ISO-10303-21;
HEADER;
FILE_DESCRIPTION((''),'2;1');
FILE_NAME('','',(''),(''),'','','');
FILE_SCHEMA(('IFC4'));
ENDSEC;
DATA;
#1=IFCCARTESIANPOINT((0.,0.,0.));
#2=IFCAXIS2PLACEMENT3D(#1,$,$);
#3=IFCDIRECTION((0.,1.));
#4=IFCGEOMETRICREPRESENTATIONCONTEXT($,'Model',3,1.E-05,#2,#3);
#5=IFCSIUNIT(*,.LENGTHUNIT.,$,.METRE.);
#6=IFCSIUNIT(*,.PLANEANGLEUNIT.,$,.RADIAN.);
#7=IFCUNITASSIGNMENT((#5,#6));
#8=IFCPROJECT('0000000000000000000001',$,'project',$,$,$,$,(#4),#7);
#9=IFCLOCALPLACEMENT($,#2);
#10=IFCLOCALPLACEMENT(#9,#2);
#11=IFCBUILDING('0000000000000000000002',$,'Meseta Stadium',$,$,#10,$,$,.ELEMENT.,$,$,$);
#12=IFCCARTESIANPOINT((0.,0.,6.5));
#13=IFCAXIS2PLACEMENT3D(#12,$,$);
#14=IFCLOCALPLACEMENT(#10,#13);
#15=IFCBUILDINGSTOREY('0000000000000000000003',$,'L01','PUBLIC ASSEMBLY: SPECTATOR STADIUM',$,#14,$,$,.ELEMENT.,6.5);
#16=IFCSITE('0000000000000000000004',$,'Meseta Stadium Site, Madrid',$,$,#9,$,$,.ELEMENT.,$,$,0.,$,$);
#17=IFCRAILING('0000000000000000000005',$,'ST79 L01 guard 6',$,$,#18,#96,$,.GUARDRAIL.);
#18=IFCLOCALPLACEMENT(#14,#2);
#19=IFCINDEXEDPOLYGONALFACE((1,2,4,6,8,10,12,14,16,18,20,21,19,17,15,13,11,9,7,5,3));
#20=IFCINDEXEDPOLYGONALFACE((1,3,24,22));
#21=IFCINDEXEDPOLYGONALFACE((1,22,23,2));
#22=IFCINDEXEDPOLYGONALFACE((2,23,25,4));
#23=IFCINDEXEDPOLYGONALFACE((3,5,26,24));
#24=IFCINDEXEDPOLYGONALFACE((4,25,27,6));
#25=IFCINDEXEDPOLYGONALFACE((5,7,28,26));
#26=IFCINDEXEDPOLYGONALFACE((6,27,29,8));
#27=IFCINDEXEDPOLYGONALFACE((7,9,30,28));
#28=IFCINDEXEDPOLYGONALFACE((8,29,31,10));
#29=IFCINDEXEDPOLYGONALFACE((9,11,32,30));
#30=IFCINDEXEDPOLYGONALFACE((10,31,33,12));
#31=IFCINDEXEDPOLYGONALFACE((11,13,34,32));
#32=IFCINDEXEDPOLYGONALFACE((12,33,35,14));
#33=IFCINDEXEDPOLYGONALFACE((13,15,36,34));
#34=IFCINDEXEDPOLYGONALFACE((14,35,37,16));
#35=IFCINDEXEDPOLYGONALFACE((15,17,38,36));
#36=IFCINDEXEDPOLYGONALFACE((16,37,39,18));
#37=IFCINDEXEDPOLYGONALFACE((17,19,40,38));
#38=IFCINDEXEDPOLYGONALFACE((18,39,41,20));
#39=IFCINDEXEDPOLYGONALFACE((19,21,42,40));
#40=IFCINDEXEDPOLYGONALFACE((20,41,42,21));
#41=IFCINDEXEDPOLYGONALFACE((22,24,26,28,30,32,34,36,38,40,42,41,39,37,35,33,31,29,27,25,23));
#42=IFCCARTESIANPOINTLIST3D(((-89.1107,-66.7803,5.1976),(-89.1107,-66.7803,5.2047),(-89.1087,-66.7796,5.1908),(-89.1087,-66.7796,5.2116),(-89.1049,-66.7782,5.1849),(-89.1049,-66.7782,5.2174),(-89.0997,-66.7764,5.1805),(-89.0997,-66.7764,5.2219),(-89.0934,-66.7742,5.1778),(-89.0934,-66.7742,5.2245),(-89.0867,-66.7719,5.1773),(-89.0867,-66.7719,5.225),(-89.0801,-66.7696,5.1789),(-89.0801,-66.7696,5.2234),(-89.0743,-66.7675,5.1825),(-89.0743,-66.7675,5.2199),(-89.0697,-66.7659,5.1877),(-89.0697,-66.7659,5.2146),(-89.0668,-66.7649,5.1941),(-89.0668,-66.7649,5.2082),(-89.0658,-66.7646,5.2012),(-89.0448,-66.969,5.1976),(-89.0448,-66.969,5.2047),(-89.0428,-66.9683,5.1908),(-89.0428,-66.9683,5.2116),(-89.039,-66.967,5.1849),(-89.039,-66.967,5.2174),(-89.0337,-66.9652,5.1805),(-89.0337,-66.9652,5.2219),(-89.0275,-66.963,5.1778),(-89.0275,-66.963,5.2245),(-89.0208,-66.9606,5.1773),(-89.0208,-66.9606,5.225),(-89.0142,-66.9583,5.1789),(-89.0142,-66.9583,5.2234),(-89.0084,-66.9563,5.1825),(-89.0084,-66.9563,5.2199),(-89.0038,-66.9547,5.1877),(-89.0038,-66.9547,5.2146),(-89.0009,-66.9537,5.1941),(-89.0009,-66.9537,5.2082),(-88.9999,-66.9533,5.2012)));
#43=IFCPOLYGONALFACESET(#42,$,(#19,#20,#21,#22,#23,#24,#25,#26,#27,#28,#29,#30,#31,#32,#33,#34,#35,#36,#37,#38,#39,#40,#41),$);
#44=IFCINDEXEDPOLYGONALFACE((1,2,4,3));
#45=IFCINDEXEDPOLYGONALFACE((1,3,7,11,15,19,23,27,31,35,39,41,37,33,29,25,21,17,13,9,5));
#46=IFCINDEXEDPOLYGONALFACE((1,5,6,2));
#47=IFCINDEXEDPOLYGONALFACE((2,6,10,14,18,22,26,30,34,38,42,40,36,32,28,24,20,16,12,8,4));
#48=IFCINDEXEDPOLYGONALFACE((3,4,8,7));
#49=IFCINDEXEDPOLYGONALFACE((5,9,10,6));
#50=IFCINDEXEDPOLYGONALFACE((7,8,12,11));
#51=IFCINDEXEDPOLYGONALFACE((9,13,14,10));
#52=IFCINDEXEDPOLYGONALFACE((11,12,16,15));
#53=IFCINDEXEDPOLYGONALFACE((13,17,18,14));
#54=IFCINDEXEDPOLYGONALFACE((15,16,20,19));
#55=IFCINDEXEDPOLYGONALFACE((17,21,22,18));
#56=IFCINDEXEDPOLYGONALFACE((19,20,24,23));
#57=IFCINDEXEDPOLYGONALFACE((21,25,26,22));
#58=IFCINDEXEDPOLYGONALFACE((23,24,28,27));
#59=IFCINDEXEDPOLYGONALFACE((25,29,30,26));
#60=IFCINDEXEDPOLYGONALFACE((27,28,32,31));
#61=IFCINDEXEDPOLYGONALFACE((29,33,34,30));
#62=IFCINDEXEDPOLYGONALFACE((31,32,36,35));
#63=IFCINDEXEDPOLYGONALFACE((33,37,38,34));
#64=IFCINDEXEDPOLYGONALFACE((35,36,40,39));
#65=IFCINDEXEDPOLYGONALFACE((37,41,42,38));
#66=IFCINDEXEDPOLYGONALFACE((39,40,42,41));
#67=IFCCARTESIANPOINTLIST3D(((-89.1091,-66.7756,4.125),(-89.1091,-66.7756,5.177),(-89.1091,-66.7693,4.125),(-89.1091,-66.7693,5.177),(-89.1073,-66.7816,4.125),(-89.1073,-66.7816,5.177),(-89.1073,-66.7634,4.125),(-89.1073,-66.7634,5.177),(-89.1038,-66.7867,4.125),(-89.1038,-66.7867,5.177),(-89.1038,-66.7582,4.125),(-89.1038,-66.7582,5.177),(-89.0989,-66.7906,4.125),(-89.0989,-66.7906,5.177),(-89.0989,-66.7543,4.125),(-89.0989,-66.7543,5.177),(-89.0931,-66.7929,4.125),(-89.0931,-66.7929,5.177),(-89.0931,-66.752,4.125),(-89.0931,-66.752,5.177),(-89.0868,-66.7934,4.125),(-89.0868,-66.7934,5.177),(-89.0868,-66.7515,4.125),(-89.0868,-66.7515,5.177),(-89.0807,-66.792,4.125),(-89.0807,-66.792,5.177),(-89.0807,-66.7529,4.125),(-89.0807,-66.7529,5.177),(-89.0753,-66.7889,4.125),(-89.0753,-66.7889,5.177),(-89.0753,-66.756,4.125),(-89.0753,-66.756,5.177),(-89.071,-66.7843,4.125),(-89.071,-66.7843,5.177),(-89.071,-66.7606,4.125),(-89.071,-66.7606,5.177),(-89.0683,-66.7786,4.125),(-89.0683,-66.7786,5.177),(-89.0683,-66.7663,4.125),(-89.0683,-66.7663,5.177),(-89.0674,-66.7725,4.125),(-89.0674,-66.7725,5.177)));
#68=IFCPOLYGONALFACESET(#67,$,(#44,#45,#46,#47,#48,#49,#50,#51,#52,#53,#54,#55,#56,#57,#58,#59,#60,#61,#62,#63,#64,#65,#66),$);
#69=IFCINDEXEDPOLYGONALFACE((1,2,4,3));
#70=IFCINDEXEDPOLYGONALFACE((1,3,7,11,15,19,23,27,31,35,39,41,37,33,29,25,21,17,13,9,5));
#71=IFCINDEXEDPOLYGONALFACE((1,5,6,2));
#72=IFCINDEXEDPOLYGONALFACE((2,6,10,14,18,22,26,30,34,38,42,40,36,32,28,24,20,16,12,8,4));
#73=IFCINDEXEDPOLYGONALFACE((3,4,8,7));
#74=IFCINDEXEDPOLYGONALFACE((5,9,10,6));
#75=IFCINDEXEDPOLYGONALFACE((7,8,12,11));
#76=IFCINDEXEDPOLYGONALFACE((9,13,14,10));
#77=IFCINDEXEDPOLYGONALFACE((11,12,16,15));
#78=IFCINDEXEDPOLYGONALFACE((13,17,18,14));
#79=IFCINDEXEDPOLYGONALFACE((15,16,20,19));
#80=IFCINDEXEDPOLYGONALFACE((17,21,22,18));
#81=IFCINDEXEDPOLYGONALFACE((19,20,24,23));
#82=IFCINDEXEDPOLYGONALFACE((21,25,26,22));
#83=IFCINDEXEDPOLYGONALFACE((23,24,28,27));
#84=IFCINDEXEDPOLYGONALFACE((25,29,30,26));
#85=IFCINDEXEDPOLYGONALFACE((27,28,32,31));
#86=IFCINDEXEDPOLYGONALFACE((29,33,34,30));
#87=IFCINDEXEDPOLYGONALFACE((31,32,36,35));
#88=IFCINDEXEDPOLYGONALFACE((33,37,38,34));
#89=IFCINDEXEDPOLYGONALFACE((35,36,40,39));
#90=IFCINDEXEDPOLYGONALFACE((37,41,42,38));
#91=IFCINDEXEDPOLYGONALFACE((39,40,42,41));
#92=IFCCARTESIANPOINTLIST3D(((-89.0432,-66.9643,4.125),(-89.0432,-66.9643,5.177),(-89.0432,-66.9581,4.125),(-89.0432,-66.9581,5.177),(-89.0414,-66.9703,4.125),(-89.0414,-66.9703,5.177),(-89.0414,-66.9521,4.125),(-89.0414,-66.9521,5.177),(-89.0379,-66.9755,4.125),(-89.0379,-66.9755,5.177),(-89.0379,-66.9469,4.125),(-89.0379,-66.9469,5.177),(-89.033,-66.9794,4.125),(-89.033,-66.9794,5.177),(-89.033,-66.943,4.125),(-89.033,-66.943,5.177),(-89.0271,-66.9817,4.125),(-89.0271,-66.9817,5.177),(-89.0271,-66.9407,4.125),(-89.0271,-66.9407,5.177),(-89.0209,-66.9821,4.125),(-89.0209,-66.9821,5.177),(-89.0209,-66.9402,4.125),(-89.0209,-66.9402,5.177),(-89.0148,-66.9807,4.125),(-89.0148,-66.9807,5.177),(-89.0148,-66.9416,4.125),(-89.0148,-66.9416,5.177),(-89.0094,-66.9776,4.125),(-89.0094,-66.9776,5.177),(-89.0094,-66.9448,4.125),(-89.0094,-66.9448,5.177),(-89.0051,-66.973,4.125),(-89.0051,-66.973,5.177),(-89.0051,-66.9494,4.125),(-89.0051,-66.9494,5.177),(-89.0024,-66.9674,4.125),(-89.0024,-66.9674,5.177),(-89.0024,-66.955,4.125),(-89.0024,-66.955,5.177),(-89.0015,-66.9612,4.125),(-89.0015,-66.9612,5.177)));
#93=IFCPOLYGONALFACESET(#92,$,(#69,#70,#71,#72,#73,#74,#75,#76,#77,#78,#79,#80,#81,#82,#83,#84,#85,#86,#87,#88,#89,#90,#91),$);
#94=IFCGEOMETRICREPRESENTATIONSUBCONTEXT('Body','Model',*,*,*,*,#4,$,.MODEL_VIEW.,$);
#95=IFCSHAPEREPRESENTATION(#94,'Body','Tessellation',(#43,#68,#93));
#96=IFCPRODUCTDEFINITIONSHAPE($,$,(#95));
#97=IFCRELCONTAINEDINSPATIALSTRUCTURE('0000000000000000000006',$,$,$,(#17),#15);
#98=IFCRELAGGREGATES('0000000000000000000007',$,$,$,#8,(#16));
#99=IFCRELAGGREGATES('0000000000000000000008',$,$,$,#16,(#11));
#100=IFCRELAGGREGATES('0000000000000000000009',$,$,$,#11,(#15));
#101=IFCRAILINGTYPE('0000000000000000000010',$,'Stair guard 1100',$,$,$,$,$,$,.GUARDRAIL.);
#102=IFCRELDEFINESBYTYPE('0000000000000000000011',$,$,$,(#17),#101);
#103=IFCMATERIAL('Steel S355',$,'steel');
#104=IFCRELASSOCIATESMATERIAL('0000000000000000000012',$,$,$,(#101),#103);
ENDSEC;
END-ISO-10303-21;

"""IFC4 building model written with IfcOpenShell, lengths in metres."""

from ifc_helpers import new_model, si_unit, direction, frame, origin, origin_2d, place, context, subcontext, project, spatial, circle, extrude, material, type_object, element, save


model = new_model("IFC4")

# Units and contexts
model_context = context("Model", 3, precision=1e-05, world=origin(), true_north=direction((0.0, 1.0)))
body_context = subcontext(model_context, "Body", "Model", "MODEL_VIEW")
ifc_project = project(units=[si_unit("LENGTHUNIT", "METRE"), si_unit("PLANEANGLEUNIT", "RADIAN")], contexts=[model_context])

# Site, building, storey
site_placement = place(None, origin())
site = spatial("IfcSite", under=ifc_project, at=site_placement, Name="Meseta Stadium Site, Madrid", CompositionType="ELEMENT", RefElevation=0.0)
building_placement = place(site_placement, origin())
building = spatial("IfcBuilding", under=site, at=building_placement, Name="Meseta Stadium", CompositionType="ELEMENT")
storey_placement = place(building_placement, frame((0.0, 0.0, 6.5)))
storey = spatial("IfcBuildingStorey", under=building, at=storey_placement, Name="L01", Description="PUBLIC ASSEMBLY: SPECTATOR STADIUM", CompositionType="ELEMENT", Elevation=6.5)

# Railing
ifc_material_1 = material(Name="Steel S355", Category="steel")
railing_type_1 = type_object("IfcRailingType", Name="Stair guard 1100", PredefinedType="GUARDRAIL", material=ifc_material_1)
railing_1_placement = place(storey_placement, frame((-89.0884, -66.7725, 4.125)))
element("IfcRailing", 1, at=railing_1_placement, inside=storey, type_object=railing_type_1, Name="ST79 L01 guard 6", PredefinedType="GUARDRAIL", context=body_context, shape_type="SweptSolid", body=[
    extrude(circle(Radius=0.0239, at=origin_2d()), frame((0.0, 0.0, 1.0762), z_axis=(0.329752, -0.944068, 0.0), x_axis=(0.944068, 0.329752, 0.0)), (0.0, 0.0, 1.0), 0.2),
    extrude(circle(Radius=0.021, at=origin_2d()), origin(), (0.0, 0.0, 1.0), 1.052),
    extrude(circle(Radius=0.021, at=origin_2d()), frame((0.0659, -0.1887, 0.0)), (0.0, 0.0, 1.0), 1.052),
])

save(model, "model.ifc")
